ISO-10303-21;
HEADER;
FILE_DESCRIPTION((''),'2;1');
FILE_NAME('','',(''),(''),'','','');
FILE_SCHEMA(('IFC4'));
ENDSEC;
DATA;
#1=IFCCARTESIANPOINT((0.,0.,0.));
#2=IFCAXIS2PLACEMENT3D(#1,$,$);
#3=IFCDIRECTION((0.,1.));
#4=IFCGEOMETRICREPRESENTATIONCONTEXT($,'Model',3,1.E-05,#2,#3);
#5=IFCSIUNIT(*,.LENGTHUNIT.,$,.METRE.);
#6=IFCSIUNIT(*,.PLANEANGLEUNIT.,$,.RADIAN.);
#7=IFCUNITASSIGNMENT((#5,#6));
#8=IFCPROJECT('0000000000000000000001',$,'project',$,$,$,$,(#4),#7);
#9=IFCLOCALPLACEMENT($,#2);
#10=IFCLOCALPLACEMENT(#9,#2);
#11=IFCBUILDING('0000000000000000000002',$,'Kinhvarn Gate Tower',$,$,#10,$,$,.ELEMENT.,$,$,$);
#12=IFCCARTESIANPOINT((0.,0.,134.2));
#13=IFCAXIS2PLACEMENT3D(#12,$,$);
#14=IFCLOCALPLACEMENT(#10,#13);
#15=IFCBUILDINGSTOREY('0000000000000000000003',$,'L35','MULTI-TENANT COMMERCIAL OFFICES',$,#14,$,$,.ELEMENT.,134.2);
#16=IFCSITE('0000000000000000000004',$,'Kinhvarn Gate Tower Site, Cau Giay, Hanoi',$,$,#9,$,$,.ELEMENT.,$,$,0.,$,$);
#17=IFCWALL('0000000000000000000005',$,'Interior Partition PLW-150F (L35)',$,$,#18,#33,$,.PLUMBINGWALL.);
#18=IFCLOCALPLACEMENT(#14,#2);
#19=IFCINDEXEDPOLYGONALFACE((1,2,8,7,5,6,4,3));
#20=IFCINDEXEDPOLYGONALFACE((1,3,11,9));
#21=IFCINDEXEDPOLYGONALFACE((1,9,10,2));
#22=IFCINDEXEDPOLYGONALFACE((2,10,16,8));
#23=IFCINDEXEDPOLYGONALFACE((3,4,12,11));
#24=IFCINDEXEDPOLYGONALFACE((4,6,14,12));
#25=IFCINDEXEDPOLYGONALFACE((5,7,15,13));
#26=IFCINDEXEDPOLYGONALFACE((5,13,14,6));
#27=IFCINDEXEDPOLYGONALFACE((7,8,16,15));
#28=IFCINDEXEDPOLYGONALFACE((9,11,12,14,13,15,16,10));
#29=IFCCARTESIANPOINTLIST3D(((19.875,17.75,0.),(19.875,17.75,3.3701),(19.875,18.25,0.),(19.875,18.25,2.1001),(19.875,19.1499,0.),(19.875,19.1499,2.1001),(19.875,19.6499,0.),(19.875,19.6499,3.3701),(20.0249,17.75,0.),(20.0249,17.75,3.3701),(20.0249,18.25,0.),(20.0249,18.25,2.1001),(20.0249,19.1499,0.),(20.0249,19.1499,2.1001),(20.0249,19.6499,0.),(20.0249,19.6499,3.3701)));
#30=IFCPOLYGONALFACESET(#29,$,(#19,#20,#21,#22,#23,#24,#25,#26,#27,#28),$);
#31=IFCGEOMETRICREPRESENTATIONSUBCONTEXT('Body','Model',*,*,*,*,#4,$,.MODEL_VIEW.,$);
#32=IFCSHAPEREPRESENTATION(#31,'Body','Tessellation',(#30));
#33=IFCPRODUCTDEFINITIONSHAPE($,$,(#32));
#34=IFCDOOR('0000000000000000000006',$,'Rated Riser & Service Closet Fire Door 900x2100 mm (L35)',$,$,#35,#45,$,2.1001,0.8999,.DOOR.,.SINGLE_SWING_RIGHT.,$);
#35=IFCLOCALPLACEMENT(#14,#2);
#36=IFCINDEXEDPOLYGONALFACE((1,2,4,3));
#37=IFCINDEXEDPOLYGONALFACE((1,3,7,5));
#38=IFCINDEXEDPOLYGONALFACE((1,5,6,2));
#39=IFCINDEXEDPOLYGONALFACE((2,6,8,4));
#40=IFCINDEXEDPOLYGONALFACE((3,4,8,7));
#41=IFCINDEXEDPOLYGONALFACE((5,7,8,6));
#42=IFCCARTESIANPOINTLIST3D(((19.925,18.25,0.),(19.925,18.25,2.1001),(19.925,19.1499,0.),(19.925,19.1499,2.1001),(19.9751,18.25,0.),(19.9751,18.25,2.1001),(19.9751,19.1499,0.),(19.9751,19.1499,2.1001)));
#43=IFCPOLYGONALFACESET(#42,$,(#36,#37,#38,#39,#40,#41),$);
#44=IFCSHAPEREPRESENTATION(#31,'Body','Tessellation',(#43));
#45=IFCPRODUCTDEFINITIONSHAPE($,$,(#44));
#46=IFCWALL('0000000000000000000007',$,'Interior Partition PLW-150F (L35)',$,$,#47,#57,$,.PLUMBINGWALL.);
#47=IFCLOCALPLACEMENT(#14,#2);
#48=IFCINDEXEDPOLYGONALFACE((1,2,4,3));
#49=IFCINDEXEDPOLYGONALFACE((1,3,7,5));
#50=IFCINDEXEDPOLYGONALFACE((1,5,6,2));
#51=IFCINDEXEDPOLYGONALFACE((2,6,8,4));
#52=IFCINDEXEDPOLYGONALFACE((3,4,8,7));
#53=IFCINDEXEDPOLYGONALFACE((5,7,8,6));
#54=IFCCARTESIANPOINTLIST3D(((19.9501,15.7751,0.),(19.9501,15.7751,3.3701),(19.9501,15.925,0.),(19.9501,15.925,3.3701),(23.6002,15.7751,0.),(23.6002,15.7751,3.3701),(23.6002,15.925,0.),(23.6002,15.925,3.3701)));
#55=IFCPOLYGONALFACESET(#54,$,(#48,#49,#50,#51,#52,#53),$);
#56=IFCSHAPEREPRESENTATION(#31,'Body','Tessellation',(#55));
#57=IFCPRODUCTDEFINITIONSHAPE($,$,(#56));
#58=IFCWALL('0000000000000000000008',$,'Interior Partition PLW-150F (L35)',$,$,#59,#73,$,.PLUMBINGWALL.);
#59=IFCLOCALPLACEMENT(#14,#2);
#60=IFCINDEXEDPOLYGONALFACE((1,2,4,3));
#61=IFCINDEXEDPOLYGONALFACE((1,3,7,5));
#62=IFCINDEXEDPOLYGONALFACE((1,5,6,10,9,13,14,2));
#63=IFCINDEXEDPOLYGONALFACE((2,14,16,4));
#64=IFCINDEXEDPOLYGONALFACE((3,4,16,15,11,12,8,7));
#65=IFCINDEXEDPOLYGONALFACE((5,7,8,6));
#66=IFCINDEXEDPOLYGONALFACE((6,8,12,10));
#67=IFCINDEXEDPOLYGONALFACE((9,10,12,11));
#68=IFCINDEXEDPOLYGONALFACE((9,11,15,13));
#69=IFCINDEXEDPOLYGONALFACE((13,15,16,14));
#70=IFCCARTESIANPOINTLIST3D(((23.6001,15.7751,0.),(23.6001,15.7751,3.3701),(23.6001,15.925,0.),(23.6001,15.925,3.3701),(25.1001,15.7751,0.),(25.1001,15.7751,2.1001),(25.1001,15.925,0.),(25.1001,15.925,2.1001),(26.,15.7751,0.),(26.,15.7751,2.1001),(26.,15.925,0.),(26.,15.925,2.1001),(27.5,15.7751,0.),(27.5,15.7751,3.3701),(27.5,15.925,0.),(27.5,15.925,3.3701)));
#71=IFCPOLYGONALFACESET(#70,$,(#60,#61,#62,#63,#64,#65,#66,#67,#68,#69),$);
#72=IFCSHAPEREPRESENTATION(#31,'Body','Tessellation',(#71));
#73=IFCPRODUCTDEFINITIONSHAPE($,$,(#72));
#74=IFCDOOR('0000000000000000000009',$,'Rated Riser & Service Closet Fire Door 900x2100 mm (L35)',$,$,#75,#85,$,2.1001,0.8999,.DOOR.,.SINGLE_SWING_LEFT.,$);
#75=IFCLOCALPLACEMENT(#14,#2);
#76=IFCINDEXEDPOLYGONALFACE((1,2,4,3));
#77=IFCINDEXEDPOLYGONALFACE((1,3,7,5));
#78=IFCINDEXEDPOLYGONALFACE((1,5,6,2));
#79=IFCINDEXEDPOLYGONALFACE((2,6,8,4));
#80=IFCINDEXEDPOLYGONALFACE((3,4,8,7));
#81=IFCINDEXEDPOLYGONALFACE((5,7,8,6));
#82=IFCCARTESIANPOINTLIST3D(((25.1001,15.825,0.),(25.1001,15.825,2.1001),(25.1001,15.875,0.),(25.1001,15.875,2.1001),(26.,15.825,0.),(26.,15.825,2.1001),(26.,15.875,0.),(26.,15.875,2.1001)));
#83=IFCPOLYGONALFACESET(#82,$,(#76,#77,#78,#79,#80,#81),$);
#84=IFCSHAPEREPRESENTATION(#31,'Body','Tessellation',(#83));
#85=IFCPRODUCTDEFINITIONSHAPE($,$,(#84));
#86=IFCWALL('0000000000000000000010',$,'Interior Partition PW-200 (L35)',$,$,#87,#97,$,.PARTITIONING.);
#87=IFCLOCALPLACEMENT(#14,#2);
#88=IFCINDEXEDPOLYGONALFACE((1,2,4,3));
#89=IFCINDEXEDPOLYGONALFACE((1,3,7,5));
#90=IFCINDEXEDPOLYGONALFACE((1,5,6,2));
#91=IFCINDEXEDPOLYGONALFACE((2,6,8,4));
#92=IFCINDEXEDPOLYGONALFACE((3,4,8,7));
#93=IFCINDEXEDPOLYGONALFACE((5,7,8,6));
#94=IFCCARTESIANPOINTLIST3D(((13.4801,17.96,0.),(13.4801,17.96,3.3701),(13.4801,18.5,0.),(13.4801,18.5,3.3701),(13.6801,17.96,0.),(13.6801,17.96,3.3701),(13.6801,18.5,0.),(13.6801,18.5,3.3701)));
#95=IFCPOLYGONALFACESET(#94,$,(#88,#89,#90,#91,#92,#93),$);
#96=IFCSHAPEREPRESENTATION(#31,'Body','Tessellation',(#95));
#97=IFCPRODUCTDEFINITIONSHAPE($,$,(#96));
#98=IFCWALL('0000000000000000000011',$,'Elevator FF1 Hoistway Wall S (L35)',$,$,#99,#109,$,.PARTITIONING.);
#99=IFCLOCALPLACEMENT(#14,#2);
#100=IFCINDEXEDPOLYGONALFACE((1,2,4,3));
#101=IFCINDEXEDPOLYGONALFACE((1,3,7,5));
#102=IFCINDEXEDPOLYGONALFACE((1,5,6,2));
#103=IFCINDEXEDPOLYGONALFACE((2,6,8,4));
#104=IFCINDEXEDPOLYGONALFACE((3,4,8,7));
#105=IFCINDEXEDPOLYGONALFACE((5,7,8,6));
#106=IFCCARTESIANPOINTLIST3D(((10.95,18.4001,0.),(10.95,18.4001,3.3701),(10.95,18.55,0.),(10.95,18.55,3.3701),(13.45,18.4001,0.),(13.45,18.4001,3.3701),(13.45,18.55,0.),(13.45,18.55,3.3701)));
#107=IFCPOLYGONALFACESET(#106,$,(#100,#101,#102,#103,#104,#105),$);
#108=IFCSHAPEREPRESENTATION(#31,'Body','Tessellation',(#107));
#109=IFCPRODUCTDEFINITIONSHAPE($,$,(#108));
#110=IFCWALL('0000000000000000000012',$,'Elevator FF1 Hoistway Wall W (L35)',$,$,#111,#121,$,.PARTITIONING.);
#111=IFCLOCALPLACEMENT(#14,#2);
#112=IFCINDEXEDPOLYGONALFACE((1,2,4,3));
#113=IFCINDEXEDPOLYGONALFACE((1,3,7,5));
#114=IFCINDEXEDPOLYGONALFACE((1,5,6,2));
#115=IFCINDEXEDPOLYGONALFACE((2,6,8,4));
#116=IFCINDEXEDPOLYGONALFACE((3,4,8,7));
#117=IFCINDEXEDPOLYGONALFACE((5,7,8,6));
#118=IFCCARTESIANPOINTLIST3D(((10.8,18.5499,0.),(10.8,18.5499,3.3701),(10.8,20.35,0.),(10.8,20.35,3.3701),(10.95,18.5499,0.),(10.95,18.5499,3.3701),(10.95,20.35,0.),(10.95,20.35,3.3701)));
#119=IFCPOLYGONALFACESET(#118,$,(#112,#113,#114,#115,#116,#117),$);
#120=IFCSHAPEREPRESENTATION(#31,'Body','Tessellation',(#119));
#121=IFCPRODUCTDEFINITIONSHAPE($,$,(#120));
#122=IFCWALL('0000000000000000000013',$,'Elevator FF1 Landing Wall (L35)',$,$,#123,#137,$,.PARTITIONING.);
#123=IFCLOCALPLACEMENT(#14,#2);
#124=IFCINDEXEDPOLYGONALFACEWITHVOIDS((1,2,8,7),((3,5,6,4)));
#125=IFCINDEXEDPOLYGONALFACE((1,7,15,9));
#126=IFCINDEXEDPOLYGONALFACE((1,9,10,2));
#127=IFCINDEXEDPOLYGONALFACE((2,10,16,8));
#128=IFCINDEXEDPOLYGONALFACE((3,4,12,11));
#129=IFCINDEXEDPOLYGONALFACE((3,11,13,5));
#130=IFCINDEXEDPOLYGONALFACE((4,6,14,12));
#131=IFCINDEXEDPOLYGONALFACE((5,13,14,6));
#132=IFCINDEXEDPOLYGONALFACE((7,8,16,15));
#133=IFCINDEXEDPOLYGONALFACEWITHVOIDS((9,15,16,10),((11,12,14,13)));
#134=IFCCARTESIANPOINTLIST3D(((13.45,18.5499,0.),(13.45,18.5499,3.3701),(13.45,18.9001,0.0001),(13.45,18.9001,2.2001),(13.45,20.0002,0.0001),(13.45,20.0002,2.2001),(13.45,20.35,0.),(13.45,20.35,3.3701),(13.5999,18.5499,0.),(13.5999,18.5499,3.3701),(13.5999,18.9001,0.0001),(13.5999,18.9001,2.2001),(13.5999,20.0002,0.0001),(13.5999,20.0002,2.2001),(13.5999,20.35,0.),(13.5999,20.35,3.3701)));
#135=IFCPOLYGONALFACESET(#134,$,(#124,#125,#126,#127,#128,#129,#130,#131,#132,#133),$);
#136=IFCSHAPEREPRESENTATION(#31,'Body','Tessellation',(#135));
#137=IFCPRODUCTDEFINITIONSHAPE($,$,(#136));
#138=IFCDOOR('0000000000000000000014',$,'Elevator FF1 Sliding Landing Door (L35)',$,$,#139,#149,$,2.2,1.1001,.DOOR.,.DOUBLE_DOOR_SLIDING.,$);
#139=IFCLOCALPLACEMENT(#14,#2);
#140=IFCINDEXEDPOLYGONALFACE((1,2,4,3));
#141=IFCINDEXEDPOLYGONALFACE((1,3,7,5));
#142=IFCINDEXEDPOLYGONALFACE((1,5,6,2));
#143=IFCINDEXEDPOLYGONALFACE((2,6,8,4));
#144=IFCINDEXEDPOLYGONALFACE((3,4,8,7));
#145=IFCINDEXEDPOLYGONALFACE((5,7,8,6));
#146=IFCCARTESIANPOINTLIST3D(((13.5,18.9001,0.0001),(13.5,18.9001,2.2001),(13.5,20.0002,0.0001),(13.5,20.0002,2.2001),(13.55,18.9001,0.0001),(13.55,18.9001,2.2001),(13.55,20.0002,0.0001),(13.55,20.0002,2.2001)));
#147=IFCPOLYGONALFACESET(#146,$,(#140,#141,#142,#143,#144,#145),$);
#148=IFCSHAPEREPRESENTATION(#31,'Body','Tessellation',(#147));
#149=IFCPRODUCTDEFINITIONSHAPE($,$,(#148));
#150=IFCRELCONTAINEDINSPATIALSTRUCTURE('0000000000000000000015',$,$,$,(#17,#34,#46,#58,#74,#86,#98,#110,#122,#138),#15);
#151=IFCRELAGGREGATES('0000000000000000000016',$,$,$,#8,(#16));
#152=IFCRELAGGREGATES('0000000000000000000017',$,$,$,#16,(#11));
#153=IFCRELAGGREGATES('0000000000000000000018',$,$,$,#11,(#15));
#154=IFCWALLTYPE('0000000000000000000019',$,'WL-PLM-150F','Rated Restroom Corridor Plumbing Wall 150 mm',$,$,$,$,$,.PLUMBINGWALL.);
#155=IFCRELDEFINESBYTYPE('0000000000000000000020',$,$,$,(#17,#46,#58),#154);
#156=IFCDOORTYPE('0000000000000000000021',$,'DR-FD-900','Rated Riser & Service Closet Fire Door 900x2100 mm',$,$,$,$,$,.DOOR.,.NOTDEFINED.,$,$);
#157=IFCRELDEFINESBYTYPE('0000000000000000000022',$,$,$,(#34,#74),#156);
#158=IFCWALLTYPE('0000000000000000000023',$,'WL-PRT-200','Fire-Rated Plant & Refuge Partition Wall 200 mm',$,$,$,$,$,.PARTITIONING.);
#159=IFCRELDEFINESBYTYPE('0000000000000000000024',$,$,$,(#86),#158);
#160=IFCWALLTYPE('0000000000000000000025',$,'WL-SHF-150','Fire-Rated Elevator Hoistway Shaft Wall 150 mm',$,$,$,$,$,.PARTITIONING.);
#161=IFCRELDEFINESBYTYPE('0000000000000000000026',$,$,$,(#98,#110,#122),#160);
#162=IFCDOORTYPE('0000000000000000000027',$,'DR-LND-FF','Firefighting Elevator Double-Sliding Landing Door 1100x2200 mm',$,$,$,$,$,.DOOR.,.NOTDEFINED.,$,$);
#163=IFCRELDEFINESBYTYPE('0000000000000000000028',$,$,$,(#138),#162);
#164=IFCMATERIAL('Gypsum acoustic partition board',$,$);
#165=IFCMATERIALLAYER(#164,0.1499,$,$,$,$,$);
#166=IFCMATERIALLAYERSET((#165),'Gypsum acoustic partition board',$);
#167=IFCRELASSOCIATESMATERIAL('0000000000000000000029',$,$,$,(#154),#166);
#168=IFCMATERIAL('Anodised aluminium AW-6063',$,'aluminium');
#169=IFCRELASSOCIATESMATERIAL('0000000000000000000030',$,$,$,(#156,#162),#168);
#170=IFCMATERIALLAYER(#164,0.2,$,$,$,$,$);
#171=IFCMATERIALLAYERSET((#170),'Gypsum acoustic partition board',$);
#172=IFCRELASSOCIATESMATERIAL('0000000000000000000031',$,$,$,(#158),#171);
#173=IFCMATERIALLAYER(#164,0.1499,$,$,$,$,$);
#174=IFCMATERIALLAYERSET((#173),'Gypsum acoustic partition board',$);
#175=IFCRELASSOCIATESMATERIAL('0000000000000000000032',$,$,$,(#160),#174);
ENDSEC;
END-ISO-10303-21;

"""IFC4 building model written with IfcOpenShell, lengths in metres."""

from ifc_helpers import new_model, si_unit, direction, frame, frame_2d, origin, place, context, subcontext, project, spatial, rectangle, extrude, material, layer, layer_set, type_object, element, fill, save


model = new_model("IFC4")

# Units and contexts
model_context = context("Model", 3, precision=1e-05, world=origin(), true_north=direction((0.0, 1.0)))
body_context = subcontext(model_context, "Body", "Model", "MODEL_VIEW")
ifc_project = project(units=[si_unit("LENGTHUNIT", "METRE"), si_unit("PLANEANGLEUNIT", "RADIAN")], contexts=[model_context])

# Site, building, storey
site_placement = place(None, origin())
site = spatial("IfcSite", under=ifc_project, at=site_placement, Name="Kinhvarn Gate Tower Site, Cau Giay, Hanoi", CompositionType="ELEMENT", RefElevation=0.0)
building_placement = place(site_placement, origin())
building = spatial("IfcBuilding", under=site, at=building_placement, Name="Kinhvarn Gate Tower", CompositionType="ELEMENT")
storey_placement = place(building_placement, frame((0.0, 0.0, 134.2)))
storey = spatial("IfcBuildingStorey", under=building, at=storey_placement, Name="L35", Description="MULTI-TENANT COMMERCIAL OFFICES", CompositionType="ELEMENT", Elevation=134.2)

# Shared definitions
ifc_material_1 = material(Name="Anodised aluminium AW-6063", Category="aluminium")

# Shared definitions
ifc_material_2 = material(Name="Gypsum acoustic partition board")

# Wall, opening, door
ifc_layer_1 = layer(ifc_material_2, 0.1499)
ifc_layer_set_1 = layer_set([ifc_layer_1], Name="Gypsum acoustic partition board")
wall_type_1 = type_object("IfcWallType", Name="WL-PLM-150F", Description="Rated Restroom Corridor Plumbing Wall 150 mm", PredefinedType="PLUMBINGWALL", material=ifc_layer_set_1)
door_type_1 = type_object("IfcDoorType", Name="DR-FD-900", Description="Rated Riser & Service Closet Fire Door 900x2100 mm", OperationType="NOTDEFINED", PredefinedType="DOOR", material=ifc_material_1)
wall_1_placement = place(storey_placement, frame((19.95, 17.75, 0.0), z_axis=(0.0, 0.0, 1.0), x_axis=(0.0, 1.0, 0.0)))
wall_1 = element("IfcWall", 1, at=wall_1_placement, inside=storey, type_object=wall_type_1, Name="Interior Partition PLW-150F (L35)", PredefinedType="PLUMBINGWALL", context=body_context, shape_type="SweptSolid", body=[
    extrude(rectangle(XDim=1.8999, YDim=0.1499, at=frame_2d((0.95, 0.0))), origin(), (0.0, 0.0, 1.0), 3.3701),
])
opening_1_placement = place(wall_1_placement, frame((0.5, 0.0, 0.0)))
opening_1 = element("IfcOpeningElement", 2, at=opening_1_placement, cuts=wall_1, PredefinedType="OPENING", context=body_context, shape_type="SweptSolid", body=[
    extrude(rectangle(XDim=0.8999, YDim=2.1001, at=frame_2d((0.45, 1.05))), frame((0.0, 0.085, 0.0), z_axis=(0.0, -1.0, 0.0), x_axis=(1.0, 0.0, 0.0)), (0.0, 0.0, 1.0), 0.1699),
])
door_1_placement = place(opening_1_placement, origin())
door_1 = element("IfcDoor", 3, at=door_1_placement, inside=storey, type_object=door_type_1, Name="Rated Riser & Service Closet Fire Door 900x2100 mm (L35)", OperationType="SINGLE_SWING_RIGHT", OverallHeight=2.1001, OverallWidth=0.8999, PredefinedType="DOOR", context=body_context, shape_type="SweptSolid", body=[
    extrude(rectangle(XDim=0.8999, YDim=2.1001, at=frame_2d((0.45, 1.05))), frame((0.0, 0.0249, 0.0), z_axis=(0.0, -1.0, 0.0), x_axis=(1.0, 0.0, 0.0)), (0.0, 0.0, 1.0), 0.05),
])
fill(opening_1, door_1)

# Wall
wall_2_placement = place(storey_placement, frame((19.95, 15.8501, 0.0), z_axis=(0.0, 0.0, 1.0), x_axis=(1.0, 0.0, 0.0)))
element("IfcWall", 4, at=wall_2_placement, inside=storey, type_object=wall_type_1, Name="Interior Partition PLW-150F (L35)", PredefinedType="PLUMBINGWALL", context=body_context, shape_type="SweptSolid", body=[
    extrude(rectangle(XDim=3.6501, YDim=0.1499, at=frame_2d((1.8252, 0.0))), origin(), (0.0, 0.0, 1.0), 3.3701),
])

# Wall, opening, door
wall_3_placement = place(storey_placement, frame((23.6001, 15.8501, 0.0), z_axis=(0.0, 0.0, 1.0), x_axis=(1.0, 0.0, 0.0)))
wall_3 = element("IfcWall", 5, at=wall_3_placement, inside=storey, type_object=wall_type_1, Name="Interior Partition PLW-150F (L35)", PredefinedType="PLUMBINGWALL", context=body_context, shape_type="SweptSolid", body=[
    extrude(rectangle(XDim=3.8999, YDim=0.1499, at=frame_2d((1.95, 0.0))), origin(), (0.0, 0.0, 1.0), 3.3701),
])
opening_2_placement = place(wall_3_placement, frame((1.5, 0.0, 0.0)))
opening_2 = element("IfcOpeningElement", 6, at=opening_2_placement, cuts=wall_3, PredefinedType="OPENING", context=body_context, shape_type="SweptSolid", body=[
    extrude(rectangle(XDim=0.8999, YDim=2.1001, at=frame_2d((0.45, 1.05))), frame((0.0, 0.085, 0.0), z_axis=(0.0, -1.0, 0.0), x_axis=(1.0, 0.0, 0.0)), (0.0, 0.0, 1.0), 0.1699),
])
door_2_placement = place(opening_2_placement, origin())
door_2 = element("IfcDoor", 7, at=door_2_placement, inside=storey, type_object=door_type_1, Name="Rated Riser & Service Closet Fire Door 900x2100 mm (L35)", OperationType="SINGLE_SWING_LEFT", OverallHeight=2.1001, OverallWidth=0.8999, PredefinedType="DOOR", context=body_context, shape_type="SweptSolid", body=[
    extrude(rectangle(XDim=0.8999, YDim=2.1001, at=frame_2d((0.45, 1.05))), frame((0.0, 0.0249, 0.0), z_axis=(0.0, -1.0, 0.0), x_axis=(1.0, 0.0, 0.0)), (0.0, 0.0, 1.0), 0.05),
])
fill(opening_2, door_2)

# Walls
ifc_layer_2 = layer(ifc_material_2, 0.2)
ifc_layer_set_2 = layer_set([ifc_layer_2], Name="Gypsum acoustic partition board")
wall_type_2 = type_object("IfcWallType", Name="WL-PRT-200", Description="Fire-Rated Plant & Refuge Partition Wall 200 mm", PredefinedType="PARTITIONING", material=ifc_layer_set_2)
wall_4_placement = place(storey_placement, frame((13.5801, 17.96, 0.0), z_axis=(0.0, 0.0, 1.0), x_axis=(0.0, 1.0, 0.0)))
element("IfcWall", 8, at=wall_4_placement, inside=storey, type_object=wall_type_2, Name="Interior Partition PW-200 (L35)", PredefinedType="PARTITIONING", context=body_context, shape_type="SweptSolid", body=[
    extrude(rectangle(XDim=0.54, YDim=0.2, at=frame_2d((0.27, 0.0))), origin(), (0.0, 0.0, 1.0), 3.3701),
])
ifc_layer_3 = layer(ifc_material_2, 0.1499)
ifc_layer_set_3 = layer_set([ifc_layer_3], Name="Gypsum acoustic partition board")
wall_type_3 = type_object("IfcWallType", Name="WL-SHF-150", Description="Fire-Rated Elevator Hoistway Shaft Wall 150 mm", PredefinedType="PARTITIONING", material=ifc_layer_set_3)
wall_5_placement = place(storey_placement, frame((10.95, 18.4751, 0.0), z_axis=(0.0, 0.0, 1.0), x_axis=(1.0, 0.0, 0.0)))
element("IfcWall", 9, at=wall_5_placement, inside=storey, type_object=wall_type_3, Name="Elevator FF1 Hoistway Wall S (L35)", PredefinedType="PARTITIONING", context=body_context, shape_type="SweptSolid", body=[
    extrude(rectangle(XDim=2.5, YDim=0.1499, at=frame_2d((1.25, 0.0))), origin(), (0.0, 0.0, 1.0), 3.3701),
])
wall_6_placement = place(storey_placement, frame((10.875, 18.55, 0.0), z_axis=(0.0, 0.0, 1.0), x_axis=(0.0, 1.0, 0.0)))
element("IfcWall", 10, at=wall_6_placement, inside=storey, type_object=wall_type_3, Name="Elevator FF1 Hoistway Wall W (L35)", PredefinedType="PARTITIONING", context=body_context, shape_type="SweptSolid", body=[
    extrude(rectangle(XDim=1.8, YDim=0.1499, at=frame_2d((0.8999, 0.0))), origin(), (0.0, 0.0, 1.0), 3.3701),
])

# Wall, opening, door
wall_7_placement = place(storey_placement, frame((13.5249, 18.55, 0.0), z_axis=(0.0, 0.0, 1.0), x_axis=(0.0, 1.0, 0.0)))
wall_7 = element("IfcWall", 11, at=wall_7_placement, inside=storey, type_object=wall_type_3, Name="Elevator FF1 Landing Wall (L35)", PredefinedType="PARTITIONING", context=body_context, shape_type="SweptSolid", body=[
    extrude(rectangle(XDim=1.8, YDim=0.1499, at=frame_2d((0.8999, 0.0))), origin(), (0.0, 0.0, 1.0), 3.3701),
])
opening_3_placement = place(wall_7_placement, frame((0.3501, 0.0, 0.0)))
opening_3 = element("IfcOpeningElement", 12, at=opening_3_placement, cuts=wall_7, PredefinedType="OPENING", context=body_context, shape_type="SweptSolid", body=[
    extrude(rectangle(XDim=1.1001, YDim=2.2, at=frame_2d((0.55, 1.1001))), frame((0.0, 0.085, 0.0), z_axis=(0.0, -1.0, 0.0), x_axis=(1.0, 0.0, 0.0)), (0.0, 0.0, 1.0), 0.1699),
])
door_type_2 = type_object("IfcDoorType", Name="DR-LND-FF", Description="Firefighting Elevator Double-Sliding Landing Door 1100x2200 mm", OperationType="NOTDEFINED", PredefinedType="DOOR", material=ifc_material_1)
door_3_placement = place(opening_3_placement, origin())
door_3 = element("IfcDoor", 13, at=door_3_placement, inside=storey, type_object=door_type_2, Name="Elevator FF1 Sliding Landing Door (L35)", OperationType="DOUBLE_DOOR_SLIDING", OverallHeight=2.2, OverallWidth=1.1001, PredefinedType="DOOR", context=body_context, shape_type="SweptSolid", body=[
    extrude(rectangle(XDim=1.1001, YDim=2.2, at=frame_2d((0.55, 1.1001))), frame((0.0, 0.0249, 0.0), z_axis=(0.0, -1.0, 0.0), x_axis=(1.0, 0.0, 0.0)), (0.0, 0.0, 1.0), 0.05),
])
fill(opening_3, door_3)

save(model, "model.ifc")
